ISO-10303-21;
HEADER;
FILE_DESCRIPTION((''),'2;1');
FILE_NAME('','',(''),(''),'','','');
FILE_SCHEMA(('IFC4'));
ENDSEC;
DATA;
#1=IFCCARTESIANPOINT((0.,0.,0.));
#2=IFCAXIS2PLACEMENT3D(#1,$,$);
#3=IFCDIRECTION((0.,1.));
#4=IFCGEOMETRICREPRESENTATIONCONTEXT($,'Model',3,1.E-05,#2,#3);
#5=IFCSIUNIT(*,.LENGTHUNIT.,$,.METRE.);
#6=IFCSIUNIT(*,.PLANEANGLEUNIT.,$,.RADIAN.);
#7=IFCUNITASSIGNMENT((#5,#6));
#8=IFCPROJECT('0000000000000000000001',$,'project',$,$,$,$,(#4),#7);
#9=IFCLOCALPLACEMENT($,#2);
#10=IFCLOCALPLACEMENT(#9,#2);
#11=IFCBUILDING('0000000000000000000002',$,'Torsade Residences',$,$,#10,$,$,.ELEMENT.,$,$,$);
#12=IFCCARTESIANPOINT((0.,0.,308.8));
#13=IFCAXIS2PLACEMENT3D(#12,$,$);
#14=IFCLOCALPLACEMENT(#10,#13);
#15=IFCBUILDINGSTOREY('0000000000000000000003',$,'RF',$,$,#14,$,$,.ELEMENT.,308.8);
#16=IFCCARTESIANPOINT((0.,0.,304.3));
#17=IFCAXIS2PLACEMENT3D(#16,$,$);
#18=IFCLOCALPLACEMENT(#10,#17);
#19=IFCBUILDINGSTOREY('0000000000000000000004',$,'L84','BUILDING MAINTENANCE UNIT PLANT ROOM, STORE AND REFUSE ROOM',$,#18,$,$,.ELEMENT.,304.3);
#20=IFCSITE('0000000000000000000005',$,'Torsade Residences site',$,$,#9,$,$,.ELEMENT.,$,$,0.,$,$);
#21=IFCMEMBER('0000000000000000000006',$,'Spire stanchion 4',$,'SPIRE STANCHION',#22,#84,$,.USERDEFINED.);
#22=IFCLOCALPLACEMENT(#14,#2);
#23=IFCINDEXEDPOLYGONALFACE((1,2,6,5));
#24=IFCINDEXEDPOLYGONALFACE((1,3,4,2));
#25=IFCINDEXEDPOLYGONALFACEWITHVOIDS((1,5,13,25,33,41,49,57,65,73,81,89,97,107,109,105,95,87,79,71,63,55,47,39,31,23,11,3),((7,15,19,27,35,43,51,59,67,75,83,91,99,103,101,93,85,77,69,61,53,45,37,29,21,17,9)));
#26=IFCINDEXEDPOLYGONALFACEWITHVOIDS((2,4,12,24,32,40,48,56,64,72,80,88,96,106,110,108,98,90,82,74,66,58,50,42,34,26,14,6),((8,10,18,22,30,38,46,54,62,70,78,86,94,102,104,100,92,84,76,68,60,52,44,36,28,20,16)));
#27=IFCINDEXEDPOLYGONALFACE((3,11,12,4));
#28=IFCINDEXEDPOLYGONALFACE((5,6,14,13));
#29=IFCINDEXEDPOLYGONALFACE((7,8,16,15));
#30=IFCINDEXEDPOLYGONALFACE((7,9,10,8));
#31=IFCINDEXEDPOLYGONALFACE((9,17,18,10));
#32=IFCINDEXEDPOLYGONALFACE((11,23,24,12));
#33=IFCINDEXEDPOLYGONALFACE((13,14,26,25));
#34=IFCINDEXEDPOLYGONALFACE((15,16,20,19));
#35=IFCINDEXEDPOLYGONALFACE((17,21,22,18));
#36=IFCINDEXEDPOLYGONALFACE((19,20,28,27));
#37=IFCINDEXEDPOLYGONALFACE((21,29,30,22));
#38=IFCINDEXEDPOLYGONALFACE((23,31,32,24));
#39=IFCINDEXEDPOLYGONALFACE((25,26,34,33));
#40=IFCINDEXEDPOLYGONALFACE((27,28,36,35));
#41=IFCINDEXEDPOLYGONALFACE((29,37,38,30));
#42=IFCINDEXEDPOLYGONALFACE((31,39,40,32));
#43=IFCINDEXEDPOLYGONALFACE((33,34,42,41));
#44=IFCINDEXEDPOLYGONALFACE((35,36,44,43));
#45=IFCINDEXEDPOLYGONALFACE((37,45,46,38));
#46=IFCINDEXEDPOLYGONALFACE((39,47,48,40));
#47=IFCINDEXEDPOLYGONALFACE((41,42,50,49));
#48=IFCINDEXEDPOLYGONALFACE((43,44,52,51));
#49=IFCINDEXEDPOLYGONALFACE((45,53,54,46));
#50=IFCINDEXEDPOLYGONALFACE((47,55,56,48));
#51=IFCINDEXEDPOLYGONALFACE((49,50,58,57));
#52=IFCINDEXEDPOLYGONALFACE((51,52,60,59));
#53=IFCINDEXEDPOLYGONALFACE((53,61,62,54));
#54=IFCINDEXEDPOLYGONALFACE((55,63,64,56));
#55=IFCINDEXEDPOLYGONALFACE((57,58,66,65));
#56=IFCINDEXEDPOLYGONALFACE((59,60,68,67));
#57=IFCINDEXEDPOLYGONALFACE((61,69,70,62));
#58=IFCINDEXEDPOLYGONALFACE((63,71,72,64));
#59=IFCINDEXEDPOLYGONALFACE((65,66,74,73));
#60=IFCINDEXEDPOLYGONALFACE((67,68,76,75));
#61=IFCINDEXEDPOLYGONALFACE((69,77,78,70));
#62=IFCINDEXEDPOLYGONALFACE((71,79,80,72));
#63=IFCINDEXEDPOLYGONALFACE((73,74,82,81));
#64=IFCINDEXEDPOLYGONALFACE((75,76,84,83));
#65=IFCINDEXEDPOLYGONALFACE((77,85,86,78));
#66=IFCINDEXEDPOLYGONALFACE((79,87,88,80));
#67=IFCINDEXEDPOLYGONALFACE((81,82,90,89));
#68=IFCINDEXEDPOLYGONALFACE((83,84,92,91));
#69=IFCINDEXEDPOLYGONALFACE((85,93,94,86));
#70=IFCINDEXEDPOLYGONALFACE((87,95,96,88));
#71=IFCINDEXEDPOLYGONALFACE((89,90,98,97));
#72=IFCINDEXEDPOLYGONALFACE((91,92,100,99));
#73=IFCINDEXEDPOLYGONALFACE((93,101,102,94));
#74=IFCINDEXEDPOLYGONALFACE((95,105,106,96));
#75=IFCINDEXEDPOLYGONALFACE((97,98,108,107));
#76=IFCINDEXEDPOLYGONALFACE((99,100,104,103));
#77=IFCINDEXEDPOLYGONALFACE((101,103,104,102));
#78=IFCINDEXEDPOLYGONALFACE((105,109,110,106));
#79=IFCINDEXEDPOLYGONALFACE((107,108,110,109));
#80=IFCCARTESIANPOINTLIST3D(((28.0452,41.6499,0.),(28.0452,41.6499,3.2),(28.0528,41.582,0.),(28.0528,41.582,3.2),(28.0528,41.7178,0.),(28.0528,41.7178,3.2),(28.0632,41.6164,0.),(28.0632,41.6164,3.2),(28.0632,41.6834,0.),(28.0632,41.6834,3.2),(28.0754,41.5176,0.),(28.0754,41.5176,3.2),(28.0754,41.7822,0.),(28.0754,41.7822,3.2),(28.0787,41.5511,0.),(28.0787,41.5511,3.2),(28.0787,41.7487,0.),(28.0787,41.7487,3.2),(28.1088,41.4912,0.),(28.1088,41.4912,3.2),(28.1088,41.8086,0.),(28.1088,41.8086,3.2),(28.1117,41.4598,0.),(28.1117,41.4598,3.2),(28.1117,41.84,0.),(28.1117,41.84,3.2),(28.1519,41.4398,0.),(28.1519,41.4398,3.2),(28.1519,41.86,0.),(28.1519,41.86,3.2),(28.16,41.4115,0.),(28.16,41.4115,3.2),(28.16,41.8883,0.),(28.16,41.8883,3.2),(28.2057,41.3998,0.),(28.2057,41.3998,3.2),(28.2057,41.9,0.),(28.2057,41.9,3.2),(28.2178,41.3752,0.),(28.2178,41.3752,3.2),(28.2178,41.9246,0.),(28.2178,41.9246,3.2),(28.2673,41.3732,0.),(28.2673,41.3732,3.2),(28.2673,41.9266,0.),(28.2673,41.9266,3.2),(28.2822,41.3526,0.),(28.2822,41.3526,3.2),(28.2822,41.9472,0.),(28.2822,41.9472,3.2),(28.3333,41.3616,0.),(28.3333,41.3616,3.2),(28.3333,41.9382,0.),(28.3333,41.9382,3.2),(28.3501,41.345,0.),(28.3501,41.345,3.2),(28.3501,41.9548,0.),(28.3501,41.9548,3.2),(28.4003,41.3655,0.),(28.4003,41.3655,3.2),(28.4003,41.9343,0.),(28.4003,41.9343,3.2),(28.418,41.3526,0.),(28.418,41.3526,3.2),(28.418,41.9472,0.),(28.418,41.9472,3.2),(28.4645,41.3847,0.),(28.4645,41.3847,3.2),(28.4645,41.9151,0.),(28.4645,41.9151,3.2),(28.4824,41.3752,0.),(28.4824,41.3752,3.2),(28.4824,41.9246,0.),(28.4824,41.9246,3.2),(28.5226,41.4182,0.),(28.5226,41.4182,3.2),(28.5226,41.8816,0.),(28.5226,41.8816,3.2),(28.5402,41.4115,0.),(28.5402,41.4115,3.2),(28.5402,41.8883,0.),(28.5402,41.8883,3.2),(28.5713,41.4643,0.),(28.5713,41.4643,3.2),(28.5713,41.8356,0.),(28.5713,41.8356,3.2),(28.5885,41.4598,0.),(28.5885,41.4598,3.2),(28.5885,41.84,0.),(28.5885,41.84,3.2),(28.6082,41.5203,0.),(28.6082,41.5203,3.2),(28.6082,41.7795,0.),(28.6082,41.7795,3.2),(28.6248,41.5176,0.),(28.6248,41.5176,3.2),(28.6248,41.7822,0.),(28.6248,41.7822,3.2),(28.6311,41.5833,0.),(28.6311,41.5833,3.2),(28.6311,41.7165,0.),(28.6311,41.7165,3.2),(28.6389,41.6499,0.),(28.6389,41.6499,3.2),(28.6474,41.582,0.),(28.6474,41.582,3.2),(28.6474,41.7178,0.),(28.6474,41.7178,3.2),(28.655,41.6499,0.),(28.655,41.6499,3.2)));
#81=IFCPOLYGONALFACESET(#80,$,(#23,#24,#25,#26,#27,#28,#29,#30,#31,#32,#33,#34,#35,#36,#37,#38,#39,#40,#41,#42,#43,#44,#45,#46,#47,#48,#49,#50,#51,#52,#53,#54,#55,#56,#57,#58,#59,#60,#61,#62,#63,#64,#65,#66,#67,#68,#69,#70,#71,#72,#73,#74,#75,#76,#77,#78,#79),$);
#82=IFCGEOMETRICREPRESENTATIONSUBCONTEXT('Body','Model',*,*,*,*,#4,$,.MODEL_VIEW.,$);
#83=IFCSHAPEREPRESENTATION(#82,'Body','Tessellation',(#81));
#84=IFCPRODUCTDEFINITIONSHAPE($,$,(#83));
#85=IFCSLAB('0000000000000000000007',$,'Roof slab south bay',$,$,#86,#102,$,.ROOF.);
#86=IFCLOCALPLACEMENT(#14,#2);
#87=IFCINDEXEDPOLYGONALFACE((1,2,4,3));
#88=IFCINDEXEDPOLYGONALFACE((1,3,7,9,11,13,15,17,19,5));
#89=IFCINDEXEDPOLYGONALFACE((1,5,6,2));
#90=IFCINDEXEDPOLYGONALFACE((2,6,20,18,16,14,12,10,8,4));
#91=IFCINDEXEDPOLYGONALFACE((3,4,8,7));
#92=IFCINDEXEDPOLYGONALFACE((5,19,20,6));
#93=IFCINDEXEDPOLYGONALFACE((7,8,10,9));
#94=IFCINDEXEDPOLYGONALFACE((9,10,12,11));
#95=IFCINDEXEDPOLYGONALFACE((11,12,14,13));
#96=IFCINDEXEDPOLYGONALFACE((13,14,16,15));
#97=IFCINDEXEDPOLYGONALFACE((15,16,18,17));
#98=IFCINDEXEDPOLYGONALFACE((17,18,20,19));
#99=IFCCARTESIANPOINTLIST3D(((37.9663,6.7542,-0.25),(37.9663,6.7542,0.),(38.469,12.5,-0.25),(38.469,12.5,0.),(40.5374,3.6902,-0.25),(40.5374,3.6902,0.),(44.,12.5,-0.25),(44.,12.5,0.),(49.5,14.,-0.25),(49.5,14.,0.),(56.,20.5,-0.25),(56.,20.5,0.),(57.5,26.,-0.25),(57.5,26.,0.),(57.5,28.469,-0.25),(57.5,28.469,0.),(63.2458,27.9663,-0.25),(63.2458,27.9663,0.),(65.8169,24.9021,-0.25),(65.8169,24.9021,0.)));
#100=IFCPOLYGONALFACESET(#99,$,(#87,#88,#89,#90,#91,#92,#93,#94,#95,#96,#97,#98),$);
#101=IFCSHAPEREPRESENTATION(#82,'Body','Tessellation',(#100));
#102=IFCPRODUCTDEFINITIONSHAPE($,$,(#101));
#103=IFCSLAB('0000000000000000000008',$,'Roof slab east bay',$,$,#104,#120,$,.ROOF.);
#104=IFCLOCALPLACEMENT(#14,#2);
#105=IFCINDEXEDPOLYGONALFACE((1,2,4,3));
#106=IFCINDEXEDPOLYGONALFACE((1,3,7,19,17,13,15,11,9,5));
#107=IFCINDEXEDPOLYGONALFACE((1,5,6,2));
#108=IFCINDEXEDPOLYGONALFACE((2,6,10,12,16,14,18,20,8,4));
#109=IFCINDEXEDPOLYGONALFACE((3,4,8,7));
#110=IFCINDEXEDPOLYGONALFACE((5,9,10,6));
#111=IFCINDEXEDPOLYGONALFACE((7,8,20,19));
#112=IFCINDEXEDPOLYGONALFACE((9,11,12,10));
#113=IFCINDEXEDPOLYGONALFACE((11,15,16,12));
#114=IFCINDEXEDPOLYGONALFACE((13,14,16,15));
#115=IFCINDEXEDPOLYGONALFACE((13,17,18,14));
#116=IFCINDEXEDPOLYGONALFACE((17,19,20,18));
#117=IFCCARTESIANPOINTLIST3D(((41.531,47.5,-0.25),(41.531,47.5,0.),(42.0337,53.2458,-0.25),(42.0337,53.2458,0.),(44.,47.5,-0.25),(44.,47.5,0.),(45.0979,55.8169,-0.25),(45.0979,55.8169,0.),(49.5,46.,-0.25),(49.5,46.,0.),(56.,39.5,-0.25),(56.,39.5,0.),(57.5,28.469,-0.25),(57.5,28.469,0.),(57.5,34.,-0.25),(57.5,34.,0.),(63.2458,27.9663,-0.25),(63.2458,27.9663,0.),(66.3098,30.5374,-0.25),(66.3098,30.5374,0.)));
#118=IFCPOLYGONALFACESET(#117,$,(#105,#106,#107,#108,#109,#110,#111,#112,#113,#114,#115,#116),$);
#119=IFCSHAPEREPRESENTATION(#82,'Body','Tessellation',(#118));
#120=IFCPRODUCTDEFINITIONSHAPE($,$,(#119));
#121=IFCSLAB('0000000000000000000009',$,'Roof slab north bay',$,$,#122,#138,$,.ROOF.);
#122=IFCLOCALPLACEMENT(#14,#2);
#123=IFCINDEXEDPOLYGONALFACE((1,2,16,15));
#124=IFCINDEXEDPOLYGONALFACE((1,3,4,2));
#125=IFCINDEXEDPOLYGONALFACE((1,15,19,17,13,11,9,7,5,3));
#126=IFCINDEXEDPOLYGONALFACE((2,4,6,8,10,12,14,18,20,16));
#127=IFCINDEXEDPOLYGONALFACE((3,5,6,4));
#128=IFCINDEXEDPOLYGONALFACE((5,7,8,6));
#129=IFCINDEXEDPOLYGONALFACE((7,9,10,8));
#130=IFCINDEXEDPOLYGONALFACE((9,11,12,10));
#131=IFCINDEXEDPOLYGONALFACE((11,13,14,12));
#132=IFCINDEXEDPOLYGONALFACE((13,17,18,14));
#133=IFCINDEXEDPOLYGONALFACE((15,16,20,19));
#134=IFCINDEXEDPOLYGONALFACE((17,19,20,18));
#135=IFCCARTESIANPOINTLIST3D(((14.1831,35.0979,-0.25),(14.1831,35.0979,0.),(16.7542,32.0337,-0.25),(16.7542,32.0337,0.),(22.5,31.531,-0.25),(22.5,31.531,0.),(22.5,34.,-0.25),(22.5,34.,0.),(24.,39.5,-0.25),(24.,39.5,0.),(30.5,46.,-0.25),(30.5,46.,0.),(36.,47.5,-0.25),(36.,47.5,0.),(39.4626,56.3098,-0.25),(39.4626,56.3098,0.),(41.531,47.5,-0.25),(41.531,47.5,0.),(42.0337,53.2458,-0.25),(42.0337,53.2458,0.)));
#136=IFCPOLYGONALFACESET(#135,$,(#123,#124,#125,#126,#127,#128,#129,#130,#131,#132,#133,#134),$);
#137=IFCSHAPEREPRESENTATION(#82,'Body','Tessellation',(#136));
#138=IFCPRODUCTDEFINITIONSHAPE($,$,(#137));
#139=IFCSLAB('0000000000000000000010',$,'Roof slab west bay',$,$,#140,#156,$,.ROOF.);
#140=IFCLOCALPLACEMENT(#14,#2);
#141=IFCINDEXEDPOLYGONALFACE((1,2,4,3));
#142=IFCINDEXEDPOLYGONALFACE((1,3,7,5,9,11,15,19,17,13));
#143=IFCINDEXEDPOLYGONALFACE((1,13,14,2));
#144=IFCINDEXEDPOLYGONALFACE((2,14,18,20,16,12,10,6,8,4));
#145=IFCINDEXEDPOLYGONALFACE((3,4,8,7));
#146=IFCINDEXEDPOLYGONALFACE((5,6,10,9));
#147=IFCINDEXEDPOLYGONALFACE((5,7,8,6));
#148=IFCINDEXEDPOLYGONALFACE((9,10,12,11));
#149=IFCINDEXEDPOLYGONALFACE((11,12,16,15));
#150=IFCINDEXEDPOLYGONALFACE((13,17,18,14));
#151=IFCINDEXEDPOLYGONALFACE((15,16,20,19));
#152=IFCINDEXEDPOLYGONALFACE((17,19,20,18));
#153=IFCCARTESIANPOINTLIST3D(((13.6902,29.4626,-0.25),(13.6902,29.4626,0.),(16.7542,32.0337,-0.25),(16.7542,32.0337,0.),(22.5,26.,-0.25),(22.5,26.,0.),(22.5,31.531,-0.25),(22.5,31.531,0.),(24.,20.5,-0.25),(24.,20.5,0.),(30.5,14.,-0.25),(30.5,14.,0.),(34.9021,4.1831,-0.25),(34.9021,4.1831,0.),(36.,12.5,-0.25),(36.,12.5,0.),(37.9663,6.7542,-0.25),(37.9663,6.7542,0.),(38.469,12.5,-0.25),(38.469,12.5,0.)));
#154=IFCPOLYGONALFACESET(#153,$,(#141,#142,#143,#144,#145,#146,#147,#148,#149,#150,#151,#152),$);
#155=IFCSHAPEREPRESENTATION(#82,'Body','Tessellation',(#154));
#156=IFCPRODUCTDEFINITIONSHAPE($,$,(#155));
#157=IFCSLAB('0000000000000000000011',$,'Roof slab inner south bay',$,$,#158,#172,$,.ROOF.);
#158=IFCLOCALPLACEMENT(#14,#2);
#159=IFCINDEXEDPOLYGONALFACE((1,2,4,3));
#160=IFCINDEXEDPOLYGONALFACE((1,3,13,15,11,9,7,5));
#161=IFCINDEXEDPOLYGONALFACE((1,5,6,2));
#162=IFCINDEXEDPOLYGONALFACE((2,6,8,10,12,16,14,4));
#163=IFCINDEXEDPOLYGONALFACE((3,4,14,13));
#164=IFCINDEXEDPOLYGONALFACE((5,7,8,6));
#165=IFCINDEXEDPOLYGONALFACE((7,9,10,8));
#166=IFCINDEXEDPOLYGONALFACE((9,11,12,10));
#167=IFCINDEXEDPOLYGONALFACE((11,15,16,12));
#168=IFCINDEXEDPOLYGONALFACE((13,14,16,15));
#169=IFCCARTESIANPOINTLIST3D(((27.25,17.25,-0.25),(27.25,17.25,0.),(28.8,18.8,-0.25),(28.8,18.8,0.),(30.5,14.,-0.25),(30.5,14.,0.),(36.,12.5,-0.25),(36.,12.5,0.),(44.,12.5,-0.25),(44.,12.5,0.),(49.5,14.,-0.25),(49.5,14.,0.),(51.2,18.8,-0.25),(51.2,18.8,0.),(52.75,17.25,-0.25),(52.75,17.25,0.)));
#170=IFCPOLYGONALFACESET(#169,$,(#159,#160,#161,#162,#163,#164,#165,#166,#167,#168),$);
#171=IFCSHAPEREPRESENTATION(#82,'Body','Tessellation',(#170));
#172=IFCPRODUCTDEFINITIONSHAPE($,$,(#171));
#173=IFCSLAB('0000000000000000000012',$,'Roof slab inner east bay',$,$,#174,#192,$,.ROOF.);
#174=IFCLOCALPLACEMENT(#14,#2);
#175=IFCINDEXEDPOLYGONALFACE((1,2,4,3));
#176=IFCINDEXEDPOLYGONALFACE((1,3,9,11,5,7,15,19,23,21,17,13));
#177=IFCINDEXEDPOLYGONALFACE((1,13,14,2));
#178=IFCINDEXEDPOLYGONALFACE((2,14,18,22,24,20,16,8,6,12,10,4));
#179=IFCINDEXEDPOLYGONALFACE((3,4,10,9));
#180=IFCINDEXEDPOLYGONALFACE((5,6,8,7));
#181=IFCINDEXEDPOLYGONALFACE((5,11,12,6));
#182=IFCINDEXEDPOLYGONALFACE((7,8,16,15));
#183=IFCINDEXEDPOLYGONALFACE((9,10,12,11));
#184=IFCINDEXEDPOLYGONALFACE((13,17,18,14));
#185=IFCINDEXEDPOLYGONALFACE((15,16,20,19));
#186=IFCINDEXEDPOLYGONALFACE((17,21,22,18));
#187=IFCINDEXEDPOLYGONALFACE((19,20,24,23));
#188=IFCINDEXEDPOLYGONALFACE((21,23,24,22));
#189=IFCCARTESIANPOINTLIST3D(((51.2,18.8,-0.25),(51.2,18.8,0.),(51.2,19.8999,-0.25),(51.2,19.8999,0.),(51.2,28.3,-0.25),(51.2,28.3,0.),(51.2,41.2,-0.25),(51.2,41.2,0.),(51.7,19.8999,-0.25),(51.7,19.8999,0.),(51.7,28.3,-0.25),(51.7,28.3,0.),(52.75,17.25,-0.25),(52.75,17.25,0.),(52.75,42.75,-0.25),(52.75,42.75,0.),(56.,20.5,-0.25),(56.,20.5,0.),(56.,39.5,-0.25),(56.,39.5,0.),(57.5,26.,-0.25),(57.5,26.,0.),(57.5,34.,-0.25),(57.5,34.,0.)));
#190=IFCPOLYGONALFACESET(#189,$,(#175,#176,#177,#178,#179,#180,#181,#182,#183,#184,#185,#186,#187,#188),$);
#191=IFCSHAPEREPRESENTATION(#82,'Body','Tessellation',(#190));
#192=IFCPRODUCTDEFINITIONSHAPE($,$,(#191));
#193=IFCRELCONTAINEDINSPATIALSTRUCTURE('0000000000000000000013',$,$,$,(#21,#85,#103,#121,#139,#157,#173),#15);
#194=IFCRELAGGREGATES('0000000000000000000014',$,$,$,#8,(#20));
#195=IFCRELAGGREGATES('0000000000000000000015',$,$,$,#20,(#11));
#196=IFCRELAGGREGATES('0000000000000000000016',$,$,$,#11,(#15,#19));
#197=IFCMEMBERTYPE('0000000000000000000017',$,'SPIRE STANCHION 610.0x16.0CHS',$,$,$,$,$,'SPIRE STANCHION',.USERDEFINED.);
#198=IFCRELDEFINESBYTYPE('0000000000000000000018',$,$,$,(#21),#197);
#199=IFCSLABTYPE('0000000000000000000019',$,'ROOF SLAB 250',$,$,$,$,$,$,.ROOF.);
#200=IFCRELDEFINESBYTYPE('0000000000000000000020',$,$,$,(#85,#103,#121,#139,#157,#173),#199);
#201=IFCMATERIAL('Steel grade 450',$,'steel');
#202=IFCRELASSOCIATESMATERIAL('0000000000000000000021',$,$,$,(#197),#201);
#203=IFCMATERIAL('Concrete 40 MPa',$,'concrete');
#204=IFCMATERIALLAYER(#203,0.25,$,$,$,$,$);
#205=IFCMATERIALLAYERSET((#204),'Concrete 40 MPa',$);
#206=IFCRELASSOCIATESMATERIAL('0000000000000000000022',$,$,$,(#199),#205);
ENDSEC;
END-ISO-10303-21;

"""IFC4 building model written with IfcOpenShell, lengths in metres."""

from ifc_helpers import new_model, si_unit, direction, frame, origin, origin_2d, place, context, subcontext, project, spatial, polyline, hollow_circle, outline, extrude, material, layer, layer_set, material_profile, profile_set, type_object, element, save


model = new_model("IFC4")

# Units and contexts
model_context = context("Model", 3, precision=1e-05, world=origin(), true_north=direction((0.0, 1.0)))
body_context = subcontext(model_context, "Body", "Model", "MODEL_VIEW")
ifc_project = project(units=[si_unit("LENGTHUNIT", "METRE"), si_unit("PLANEANGLEUNIT", "RADIAN")], contexts=[model_context])

# Site, building, storey
site_placement = place(None, origin())
site = spatial("IfcSite", under=ifc_project, at=site_placement, Name="Torsade Residences site", CompositionType="ELEMENT", RefElevation=0.0)
building_placement = place(site_placement, origin())
building = spatial("IfcBuilding", under=site, at=building_placement, Name="Torsade Residences", CompositionType="ELEMENT")
storey_1_placement = place(building_placement, frame((0.0, 0.0, 308.8)))
storey_1 = spatial("IfcBuildingStorey", under=building, at=storey_1_placement, Name="RF", CompositionType="ELEMENT", Elevation=308.8)

# Member
ifc_material_1 = material(Name="Steel grade 450", Category="steel")
ifc_material_profile_1 = material_profile(ifc_material_1, hollow_circle(Radius=0.3049, WallThickness=0.0161, at=origin_2d()), Name="610.0x16.0CHS")
ifc_profile_set_1 = profile_set([ifc_material_profile_1], Name="Steel grade 450")
member_type_1 = type_object("IfcMemberType", Name="SPIRE STANCHION 610.0x16.0CHS", ElementType="SPIRE STANCHION", PredefinedType="USERDEFINED", material=ifc_profile_set_1)
for number, where, z_axis, x_axis, name in (
    (1, (28.3501, 41.6499, 0.0), (0.0, 0.0, 1.0), (1.0, 0.0, 0.0), "Spire stanchion 4"),
):
    element("IfcMember", number, at=place(storey_1_placement, frame(where, z_axis=z_axis, x_axis=x_axis)), inside=storey_1, type_object=member_type_1, Name=name, ObjectType="SPIRE STANCHION", PredefinedType="USERDEFINED", context=body_context, shape_type="SweptSolid", body=[
        extrude(hollow_circle(Radius=0.3049, WallThickness=0.0161, at=origin_2d()), origin(), (0.0, 0.0, 1.0), 3.2),
    ])

# Slabs
ifc_material_2 = material(Name="Concrete 40 MPa", Category="concrete")
ifc_layer_1 = layer(ifc_material_2, 0.25)
ifc_layer_set_1 = layer_set([ifc_layer_1], Name="Concrete 40 MPa")
slab_type = type_object("IfcSlabType", Name="ROOF SLAB 250", PredefinedType="ROOF", material=ifc_layer_set_1)
slab_1_placement = place(storey_1_placement, frame((0.0, 0.0, -0.25)))
element("IfcSlab", 2, at=slab_1_placement, inside=storey_1, type_object=slab_type, Name="Roof slab south bay", PredefinedType="ROOF", context=body_context, shape_type="SweptSolid", body=[
    extrude(outline(polyline([(57.5, 28.469), (57.5, 26.0), (56.0, 20.5), (49.5, 14.0), (44.0, 12.5), (38.469, 12.5), (37.9663, 6.7542), (40.5374, 3.6902), (65.8169, 24.9021), (63.2458, 27.9663), (57.5, 28.469)])), origin(), (0.0, 0.0, 1.0), 0.25),
])
slab_2_placement = place(storey_1_placement, frame((0.0, 0.0, -0.25)))
element("IfcSlab", 3, at=slab_2_placement, inside=storey_1, type_object=slab_type, Name="Roof slab east bay", PredefinedType="ROOF", context=body_context, shape_type="SweptSolid", body=[
    extrude(outline(polyline([(41.531, 47.5), (44.0, 47.5), (49.5, 46.0), (56.0, 39.5), (57.5, 34.0), (57.5, 28.469), (63.2458, 27.9663), (66.3098, 30.5374), (45.0979, 55.8169), (42.0337, 53.2458), (41.531, 47.5)])), origin(), (0.0, 0.0, 1.0), 0.25),
])
slab_3_placement = place(storey_1_placement, frame((0.0, 0.0, -0.25)))
element("IfcSlab", 4, at=slab_3_placement, inside=storey_1, type_object=slab_type, Name="Roof slab north bay", PredefinedType="ROOF", context=body_context, shape_type="SweptSolid", body=[
    extrude(outline(polyline([(22.5, 31.531), (22.5, 34.0), (24.0, 39.5), (30.5, 46.0), (36.0, 47.5), (41.531, 47.5), (42.0337, 53.2458), (39.4626, 56.3098), (14.1831, 35.0979), (16.7542, 32.0337), (22.5, 31.531)])), origin(), (0.0, 0.0, 1.0), 0.25),
])
slab_4_placement = place(storey_1_placement, frame((0.0, 0.0, -0.25)))
element("IfcSlab", 5, at=slab_4_placement, inside=storey_1, type_object=slab_type, Name="Roof slab west bay", PredefinedType="ROOF", context=body_context, shape_type="SweptSolid", body=[
    extrude(outline(polyline([(34.9021, 4.1831), (37.9663, 6.7542), (38.469, 12.5), (36.0, 12.5), (30.5, 14.0), (24.0, 20.5), (22.5, 26.0), (22.5, 31.531), (16.7542, 32.0337), (13.6902, 29.4626), (34.9021, 4.1831)])), origin(), (0.0, 0.0, 1.0), 0.25),
])
slab_5_placement = place(storey_1_placement, frame((0.0, 0.0, -0.25)))
element("IfcSlab", 6, at=slab_5_placement, inside=storey_1, type_object=slab_type, Name="Roof slab inner south bay", PredefinedType="ROOF", context=body_context, shape_type="SweptSolid", body=[
    extrude(outline(polyline([(49.5, 14.0), (52.75, 17.25), (51.2, 18.8), (28.8, 18.8), (27.25, 17.25), (30.5, 14.0), (36.0, 12.5), (44.0, 12.5), (49.5, 14.0)])), origin(), (0.0, 0.0, 1.0), 0.25),
])
slab_6_placement = place(storey_1_placement, frame((0.0, 0.0, -0.25)))
element("IfcSlab", 7, at=slab_6_placement, inside=storey_1, type_object=slab_type, Name="Roof slab inner east bay", PredefinedType="ROOF", context=body_context, shape_type="SweptSolid", body=[
    extrude(outline(polyline([(56.0, 39.5), (52.75, 42.75), (51.2, 41.2), (51.2, 28.3), (51.7, 28.3), (51.7, 19.8999), (51.2, 19.8999), (51.2, 18.8), (52.75, 17.25), (56.0, 20.5), (57.5, 26.0), (57.5, 34.0), (56.0, 39.5)])), origin(), (0.0, 0.0, 1.0), 0.25),
])

# Shared definitions
storey_2_placement = place(building_placement, frame((0.0, 0.0, 304.3)))
storey_2 = spatial("IfcBuildingStorey", under=building, at=storey_2_placement, Name="L84", Description="BUILDING MAINTENANCE UNIT PLANT ROOM, STORE AND REFUSE ROOM", CompositionType="ELEMENT", Elevation=304.3)

save(model, "model.ifc")
